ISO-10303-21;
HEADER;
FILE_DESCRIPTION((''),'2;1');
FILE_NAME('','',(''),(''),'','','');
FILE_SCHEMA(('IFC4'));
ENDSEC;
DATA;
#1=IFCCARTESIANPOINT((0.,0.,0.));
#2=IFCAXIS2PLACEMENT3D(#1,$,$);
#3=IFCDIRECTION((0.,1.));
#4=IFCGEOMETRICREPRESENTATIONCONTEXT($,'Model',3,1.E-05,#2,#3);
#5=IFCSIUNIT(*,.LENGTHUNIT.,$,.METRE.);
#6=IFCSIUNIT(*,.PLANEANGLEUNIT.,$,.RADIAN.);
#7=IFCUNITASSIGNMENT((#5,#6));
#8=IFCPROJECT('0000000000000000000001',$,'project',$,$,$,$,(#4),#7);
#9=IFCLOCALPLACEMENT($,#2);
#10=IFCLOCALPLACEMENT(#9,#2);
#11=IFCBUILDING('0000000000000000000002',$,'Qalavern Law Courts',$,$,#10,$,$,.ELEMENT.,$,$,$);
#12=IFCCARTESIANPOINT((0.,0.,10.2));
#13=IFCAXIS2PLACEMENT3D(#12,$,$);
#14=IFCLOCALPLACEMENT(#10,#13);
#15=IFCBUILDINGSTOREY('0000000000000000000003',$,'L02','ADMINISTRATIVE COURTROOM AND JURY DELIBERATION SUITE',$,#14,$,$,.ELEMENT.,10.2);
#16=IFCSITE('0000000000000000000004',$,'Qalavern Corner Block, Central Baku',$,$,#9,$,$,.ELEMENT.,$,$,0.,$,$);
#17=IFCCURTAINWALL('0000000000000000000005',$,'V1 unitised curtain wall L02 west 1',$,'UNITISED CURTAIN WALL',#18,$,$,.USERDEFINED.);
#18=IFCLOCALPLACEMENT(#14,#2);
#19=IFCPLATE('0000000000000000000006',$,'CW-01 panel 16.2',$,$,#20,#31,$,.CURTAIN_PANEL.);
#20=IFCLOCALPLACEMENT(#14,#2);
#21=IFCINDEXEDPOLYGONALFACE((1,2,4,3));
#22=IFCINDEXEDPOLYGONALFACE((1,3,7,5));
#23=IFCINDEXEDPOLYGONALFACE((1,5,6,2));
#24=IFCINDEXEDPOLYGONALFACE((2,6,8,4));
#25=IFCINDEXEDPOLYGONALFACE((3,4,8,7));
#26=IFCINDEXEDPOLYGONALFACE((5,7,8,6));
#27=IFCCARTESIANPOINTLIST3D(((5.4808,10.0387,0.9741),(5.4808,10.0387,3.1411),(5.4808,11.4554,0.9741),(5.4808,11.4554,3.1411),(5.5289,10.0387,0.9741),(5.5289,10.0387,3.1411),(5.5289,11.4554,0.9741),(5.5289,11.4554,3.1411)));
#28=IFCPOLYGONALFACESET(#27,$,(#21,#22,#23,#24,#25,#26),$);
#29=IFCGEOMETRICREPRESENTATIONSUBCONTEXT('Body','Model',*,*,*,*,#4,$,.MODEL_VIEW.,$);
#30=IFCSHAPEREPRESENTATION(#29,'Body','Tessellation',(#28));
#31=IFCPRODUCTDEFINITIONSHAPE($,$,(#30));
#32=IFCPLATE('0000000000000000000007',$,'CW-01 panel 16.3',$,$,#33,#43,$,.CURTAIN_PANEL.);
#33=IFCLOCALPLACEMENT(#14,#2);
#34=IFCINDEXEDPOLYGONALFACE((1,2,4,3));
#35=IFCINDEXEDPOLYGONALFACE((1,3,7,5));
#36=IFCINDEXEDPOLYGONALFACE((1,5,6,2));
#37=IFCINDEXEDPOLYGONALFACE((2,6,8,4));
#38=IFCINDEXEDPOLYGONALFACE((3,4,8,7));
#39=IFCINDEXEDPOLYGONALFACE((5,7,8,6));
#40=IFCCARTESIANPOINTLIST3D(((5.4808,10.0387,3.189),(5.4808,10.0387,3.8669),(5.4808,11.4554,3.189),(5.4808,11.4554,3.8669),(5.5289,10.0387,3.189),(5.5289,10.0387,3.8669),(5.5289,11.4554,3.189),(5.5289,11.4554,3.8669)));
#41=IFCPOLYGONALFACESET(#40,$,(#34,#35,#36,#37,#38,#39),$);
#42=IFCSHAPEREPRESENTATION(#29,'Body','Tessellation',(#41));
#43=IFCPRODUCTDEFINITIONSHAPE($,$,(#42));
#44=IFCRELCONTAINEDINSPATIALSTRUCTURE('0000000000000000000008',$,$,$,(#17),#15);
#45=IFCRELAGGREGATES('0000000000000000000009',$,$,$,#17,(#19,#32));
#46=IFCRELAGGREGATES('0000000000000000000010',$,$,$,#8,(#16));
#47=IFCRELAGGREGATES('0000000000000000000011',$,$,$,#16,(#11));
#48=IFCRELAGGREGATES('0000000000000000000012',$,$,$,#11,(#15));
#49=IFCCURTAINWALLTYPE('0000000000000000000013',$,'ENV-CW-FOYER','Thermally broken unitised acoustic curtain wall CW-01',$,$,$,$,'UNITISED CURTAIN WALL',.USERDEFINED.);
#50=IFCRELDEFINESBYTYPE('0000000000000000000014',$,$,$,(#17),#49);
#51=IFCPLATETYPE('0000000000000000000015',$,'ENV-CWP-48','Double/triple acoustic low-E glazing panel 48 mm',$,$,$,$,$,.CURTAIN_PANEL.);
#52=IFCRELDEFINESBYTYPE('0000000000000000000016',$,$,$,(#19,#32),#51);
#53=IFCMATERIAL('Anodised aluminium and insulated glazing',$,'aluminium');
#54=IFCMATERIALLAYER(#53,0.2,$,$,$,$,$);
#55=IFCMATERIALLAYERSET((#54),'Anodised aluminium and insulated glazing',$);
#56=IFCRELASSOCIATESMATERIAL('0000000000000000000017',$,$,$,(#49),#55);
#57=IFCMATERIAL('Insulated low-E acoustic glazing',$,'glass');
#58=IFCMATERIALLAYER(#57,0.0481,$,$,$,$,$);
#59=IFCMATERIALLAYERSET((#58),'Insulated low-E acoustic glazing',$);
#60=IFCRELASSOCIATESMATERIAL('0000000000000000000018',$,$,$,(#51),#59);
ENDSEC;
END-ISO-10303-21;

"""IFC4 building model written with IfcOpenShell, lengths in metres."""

from ifc_helpers import new_model, si_unit, direction, frame, origin, origin_2d, place, context, subcontext, project, spatial, rectangle, extrude, material, layer, layer_set, type_object, element, aggregate, save


model = new_model("IFC4")

# Units and contexts
model_context = context("Model", 3, precision=1e-05, world=origin(), true_north=direction((0.0, 1.0)))
body_context = subcontext(model_context, "Body", "Model", "MODEL_VIEW")
ifc_project = project(units=[si_unit("LENGTHUNIT", "METRE"), si_unit("PLANEANGLEUNIT", "RADIAN")], contexts=[model_context])

# Site, building, storey
site_placement = place(None, origin())
site = spatial("IfcSite", under=ifc_project, at=site_placement, Name="Qalavern Corner Block, Central Baku", CompositionType="ELEMENT", RefElevation=0.0)
building_placement = place(site_placement, origin())
building = spatial("IfcBuilding", under=site, at=building_placement, Name="Qalavern Law Courts", CompositionType="ELEMENT")
storey_placement = place(building_placement, frame((0.0, 0.0, 10.2)))
storey = spatial("IfcBuildingStorey", under=building, at=storey_placement, Name="L02", Description="ADMINISTRATIVE COURTROOM AND JURY DELIBERATION SUITE", CompositionType="ELEMENT", Elevation=10.2)

# Curtain wall
ifc_material_1 = material(Name="Anodised aluminium and insulated glazing", Category="aluminium")
ifc_layer_1 = layer(ifc_material_1, 0.2)
ifc_layer_set_1 = layer_set([ifc_layer_1], Name="Anodised aluminium and insulated glazing")
curtain_wall_type = type_object("IfcCurtainWallType", Name="ENV-CW-FOYER", Description="Thermally broken unitised acoustic curtain wall CW-01", ElementType="UNITISED CURTAIN WALL", PredefinedType="USERDEFINED", material=ifc_layer_set_1)
curtain_wall_placement = place(storey_placement, origin())
curtain_wall = element("IfcCurtainWall", 1, at=curtain_wall_placement, inside=storey, type_object=curtain_wall_type, Name="V1 unitised curtain wall L02 west 1", ObjectType="UNITISED CURTAIN WALL", PredefinedType="USERDEFINED")

# Plates
ifc_material_2 = material(Name="Insulated low-E acoustic glazing", Category="glass")
ifc_layer_2 = layer(ifc_material_2, 0.0481)
ifc_layer_set_2 = layer_set([ifc_layer_2], Name="Insulated low-E acoustic glazing")
plate_type = type_object("IfcPlateType", Name="ENV-CWP-48", Description="Double/triple acoustic low-E glazing panel 48 mm", PredefinedType="CURTAIN_PANEL", material=ifc_layer_set_2)
plate_1_placement = place(storey_placement, frame((5.5049, 10.7471, 0.9741), z_axis=(0.0, 0.0, 1.0), x_axis=(0.0, -1.0, 0.0)))
plate_1 = element("IfcPlate", 2, at=plate_1_placement, type_object=plate_type, Name="CW-01 panel 16.2", PredefinedType="CURTAIN_PANEL", context=body_context, shape_type="SweptSolid", body=[
    extrude(rectangle(XDim=1.4167, YDim=0.0481, at=origin_2d()), origin(), (0.0, 0.0, 1.0), 2.167),
])
plate_2_placement = place(storey_placement, frame((5.5049, 10.7471, 3.189), z_axis=(0.0, 0.0, 1.0), x_axis=(0.0, -1.0, 0.0)))
plate_2 = element("IfcPlate", 3, at=plate_2_placement, type_object=plate_type, Name="CW-01 panel 16.3", PredefinedType="CURTAIN_PANEL", context=body_context, shape_type="SweptSolid", body=[
    extrude(rectangle(XDim=1.4167, YDim=0.0481, at=origin_2d()), origin(), (0.0, 0.0, 1.0), 0.678),
])
aggregate(curtain_wall, [plate_1, plate_2])

save(model, "model.ifc")
